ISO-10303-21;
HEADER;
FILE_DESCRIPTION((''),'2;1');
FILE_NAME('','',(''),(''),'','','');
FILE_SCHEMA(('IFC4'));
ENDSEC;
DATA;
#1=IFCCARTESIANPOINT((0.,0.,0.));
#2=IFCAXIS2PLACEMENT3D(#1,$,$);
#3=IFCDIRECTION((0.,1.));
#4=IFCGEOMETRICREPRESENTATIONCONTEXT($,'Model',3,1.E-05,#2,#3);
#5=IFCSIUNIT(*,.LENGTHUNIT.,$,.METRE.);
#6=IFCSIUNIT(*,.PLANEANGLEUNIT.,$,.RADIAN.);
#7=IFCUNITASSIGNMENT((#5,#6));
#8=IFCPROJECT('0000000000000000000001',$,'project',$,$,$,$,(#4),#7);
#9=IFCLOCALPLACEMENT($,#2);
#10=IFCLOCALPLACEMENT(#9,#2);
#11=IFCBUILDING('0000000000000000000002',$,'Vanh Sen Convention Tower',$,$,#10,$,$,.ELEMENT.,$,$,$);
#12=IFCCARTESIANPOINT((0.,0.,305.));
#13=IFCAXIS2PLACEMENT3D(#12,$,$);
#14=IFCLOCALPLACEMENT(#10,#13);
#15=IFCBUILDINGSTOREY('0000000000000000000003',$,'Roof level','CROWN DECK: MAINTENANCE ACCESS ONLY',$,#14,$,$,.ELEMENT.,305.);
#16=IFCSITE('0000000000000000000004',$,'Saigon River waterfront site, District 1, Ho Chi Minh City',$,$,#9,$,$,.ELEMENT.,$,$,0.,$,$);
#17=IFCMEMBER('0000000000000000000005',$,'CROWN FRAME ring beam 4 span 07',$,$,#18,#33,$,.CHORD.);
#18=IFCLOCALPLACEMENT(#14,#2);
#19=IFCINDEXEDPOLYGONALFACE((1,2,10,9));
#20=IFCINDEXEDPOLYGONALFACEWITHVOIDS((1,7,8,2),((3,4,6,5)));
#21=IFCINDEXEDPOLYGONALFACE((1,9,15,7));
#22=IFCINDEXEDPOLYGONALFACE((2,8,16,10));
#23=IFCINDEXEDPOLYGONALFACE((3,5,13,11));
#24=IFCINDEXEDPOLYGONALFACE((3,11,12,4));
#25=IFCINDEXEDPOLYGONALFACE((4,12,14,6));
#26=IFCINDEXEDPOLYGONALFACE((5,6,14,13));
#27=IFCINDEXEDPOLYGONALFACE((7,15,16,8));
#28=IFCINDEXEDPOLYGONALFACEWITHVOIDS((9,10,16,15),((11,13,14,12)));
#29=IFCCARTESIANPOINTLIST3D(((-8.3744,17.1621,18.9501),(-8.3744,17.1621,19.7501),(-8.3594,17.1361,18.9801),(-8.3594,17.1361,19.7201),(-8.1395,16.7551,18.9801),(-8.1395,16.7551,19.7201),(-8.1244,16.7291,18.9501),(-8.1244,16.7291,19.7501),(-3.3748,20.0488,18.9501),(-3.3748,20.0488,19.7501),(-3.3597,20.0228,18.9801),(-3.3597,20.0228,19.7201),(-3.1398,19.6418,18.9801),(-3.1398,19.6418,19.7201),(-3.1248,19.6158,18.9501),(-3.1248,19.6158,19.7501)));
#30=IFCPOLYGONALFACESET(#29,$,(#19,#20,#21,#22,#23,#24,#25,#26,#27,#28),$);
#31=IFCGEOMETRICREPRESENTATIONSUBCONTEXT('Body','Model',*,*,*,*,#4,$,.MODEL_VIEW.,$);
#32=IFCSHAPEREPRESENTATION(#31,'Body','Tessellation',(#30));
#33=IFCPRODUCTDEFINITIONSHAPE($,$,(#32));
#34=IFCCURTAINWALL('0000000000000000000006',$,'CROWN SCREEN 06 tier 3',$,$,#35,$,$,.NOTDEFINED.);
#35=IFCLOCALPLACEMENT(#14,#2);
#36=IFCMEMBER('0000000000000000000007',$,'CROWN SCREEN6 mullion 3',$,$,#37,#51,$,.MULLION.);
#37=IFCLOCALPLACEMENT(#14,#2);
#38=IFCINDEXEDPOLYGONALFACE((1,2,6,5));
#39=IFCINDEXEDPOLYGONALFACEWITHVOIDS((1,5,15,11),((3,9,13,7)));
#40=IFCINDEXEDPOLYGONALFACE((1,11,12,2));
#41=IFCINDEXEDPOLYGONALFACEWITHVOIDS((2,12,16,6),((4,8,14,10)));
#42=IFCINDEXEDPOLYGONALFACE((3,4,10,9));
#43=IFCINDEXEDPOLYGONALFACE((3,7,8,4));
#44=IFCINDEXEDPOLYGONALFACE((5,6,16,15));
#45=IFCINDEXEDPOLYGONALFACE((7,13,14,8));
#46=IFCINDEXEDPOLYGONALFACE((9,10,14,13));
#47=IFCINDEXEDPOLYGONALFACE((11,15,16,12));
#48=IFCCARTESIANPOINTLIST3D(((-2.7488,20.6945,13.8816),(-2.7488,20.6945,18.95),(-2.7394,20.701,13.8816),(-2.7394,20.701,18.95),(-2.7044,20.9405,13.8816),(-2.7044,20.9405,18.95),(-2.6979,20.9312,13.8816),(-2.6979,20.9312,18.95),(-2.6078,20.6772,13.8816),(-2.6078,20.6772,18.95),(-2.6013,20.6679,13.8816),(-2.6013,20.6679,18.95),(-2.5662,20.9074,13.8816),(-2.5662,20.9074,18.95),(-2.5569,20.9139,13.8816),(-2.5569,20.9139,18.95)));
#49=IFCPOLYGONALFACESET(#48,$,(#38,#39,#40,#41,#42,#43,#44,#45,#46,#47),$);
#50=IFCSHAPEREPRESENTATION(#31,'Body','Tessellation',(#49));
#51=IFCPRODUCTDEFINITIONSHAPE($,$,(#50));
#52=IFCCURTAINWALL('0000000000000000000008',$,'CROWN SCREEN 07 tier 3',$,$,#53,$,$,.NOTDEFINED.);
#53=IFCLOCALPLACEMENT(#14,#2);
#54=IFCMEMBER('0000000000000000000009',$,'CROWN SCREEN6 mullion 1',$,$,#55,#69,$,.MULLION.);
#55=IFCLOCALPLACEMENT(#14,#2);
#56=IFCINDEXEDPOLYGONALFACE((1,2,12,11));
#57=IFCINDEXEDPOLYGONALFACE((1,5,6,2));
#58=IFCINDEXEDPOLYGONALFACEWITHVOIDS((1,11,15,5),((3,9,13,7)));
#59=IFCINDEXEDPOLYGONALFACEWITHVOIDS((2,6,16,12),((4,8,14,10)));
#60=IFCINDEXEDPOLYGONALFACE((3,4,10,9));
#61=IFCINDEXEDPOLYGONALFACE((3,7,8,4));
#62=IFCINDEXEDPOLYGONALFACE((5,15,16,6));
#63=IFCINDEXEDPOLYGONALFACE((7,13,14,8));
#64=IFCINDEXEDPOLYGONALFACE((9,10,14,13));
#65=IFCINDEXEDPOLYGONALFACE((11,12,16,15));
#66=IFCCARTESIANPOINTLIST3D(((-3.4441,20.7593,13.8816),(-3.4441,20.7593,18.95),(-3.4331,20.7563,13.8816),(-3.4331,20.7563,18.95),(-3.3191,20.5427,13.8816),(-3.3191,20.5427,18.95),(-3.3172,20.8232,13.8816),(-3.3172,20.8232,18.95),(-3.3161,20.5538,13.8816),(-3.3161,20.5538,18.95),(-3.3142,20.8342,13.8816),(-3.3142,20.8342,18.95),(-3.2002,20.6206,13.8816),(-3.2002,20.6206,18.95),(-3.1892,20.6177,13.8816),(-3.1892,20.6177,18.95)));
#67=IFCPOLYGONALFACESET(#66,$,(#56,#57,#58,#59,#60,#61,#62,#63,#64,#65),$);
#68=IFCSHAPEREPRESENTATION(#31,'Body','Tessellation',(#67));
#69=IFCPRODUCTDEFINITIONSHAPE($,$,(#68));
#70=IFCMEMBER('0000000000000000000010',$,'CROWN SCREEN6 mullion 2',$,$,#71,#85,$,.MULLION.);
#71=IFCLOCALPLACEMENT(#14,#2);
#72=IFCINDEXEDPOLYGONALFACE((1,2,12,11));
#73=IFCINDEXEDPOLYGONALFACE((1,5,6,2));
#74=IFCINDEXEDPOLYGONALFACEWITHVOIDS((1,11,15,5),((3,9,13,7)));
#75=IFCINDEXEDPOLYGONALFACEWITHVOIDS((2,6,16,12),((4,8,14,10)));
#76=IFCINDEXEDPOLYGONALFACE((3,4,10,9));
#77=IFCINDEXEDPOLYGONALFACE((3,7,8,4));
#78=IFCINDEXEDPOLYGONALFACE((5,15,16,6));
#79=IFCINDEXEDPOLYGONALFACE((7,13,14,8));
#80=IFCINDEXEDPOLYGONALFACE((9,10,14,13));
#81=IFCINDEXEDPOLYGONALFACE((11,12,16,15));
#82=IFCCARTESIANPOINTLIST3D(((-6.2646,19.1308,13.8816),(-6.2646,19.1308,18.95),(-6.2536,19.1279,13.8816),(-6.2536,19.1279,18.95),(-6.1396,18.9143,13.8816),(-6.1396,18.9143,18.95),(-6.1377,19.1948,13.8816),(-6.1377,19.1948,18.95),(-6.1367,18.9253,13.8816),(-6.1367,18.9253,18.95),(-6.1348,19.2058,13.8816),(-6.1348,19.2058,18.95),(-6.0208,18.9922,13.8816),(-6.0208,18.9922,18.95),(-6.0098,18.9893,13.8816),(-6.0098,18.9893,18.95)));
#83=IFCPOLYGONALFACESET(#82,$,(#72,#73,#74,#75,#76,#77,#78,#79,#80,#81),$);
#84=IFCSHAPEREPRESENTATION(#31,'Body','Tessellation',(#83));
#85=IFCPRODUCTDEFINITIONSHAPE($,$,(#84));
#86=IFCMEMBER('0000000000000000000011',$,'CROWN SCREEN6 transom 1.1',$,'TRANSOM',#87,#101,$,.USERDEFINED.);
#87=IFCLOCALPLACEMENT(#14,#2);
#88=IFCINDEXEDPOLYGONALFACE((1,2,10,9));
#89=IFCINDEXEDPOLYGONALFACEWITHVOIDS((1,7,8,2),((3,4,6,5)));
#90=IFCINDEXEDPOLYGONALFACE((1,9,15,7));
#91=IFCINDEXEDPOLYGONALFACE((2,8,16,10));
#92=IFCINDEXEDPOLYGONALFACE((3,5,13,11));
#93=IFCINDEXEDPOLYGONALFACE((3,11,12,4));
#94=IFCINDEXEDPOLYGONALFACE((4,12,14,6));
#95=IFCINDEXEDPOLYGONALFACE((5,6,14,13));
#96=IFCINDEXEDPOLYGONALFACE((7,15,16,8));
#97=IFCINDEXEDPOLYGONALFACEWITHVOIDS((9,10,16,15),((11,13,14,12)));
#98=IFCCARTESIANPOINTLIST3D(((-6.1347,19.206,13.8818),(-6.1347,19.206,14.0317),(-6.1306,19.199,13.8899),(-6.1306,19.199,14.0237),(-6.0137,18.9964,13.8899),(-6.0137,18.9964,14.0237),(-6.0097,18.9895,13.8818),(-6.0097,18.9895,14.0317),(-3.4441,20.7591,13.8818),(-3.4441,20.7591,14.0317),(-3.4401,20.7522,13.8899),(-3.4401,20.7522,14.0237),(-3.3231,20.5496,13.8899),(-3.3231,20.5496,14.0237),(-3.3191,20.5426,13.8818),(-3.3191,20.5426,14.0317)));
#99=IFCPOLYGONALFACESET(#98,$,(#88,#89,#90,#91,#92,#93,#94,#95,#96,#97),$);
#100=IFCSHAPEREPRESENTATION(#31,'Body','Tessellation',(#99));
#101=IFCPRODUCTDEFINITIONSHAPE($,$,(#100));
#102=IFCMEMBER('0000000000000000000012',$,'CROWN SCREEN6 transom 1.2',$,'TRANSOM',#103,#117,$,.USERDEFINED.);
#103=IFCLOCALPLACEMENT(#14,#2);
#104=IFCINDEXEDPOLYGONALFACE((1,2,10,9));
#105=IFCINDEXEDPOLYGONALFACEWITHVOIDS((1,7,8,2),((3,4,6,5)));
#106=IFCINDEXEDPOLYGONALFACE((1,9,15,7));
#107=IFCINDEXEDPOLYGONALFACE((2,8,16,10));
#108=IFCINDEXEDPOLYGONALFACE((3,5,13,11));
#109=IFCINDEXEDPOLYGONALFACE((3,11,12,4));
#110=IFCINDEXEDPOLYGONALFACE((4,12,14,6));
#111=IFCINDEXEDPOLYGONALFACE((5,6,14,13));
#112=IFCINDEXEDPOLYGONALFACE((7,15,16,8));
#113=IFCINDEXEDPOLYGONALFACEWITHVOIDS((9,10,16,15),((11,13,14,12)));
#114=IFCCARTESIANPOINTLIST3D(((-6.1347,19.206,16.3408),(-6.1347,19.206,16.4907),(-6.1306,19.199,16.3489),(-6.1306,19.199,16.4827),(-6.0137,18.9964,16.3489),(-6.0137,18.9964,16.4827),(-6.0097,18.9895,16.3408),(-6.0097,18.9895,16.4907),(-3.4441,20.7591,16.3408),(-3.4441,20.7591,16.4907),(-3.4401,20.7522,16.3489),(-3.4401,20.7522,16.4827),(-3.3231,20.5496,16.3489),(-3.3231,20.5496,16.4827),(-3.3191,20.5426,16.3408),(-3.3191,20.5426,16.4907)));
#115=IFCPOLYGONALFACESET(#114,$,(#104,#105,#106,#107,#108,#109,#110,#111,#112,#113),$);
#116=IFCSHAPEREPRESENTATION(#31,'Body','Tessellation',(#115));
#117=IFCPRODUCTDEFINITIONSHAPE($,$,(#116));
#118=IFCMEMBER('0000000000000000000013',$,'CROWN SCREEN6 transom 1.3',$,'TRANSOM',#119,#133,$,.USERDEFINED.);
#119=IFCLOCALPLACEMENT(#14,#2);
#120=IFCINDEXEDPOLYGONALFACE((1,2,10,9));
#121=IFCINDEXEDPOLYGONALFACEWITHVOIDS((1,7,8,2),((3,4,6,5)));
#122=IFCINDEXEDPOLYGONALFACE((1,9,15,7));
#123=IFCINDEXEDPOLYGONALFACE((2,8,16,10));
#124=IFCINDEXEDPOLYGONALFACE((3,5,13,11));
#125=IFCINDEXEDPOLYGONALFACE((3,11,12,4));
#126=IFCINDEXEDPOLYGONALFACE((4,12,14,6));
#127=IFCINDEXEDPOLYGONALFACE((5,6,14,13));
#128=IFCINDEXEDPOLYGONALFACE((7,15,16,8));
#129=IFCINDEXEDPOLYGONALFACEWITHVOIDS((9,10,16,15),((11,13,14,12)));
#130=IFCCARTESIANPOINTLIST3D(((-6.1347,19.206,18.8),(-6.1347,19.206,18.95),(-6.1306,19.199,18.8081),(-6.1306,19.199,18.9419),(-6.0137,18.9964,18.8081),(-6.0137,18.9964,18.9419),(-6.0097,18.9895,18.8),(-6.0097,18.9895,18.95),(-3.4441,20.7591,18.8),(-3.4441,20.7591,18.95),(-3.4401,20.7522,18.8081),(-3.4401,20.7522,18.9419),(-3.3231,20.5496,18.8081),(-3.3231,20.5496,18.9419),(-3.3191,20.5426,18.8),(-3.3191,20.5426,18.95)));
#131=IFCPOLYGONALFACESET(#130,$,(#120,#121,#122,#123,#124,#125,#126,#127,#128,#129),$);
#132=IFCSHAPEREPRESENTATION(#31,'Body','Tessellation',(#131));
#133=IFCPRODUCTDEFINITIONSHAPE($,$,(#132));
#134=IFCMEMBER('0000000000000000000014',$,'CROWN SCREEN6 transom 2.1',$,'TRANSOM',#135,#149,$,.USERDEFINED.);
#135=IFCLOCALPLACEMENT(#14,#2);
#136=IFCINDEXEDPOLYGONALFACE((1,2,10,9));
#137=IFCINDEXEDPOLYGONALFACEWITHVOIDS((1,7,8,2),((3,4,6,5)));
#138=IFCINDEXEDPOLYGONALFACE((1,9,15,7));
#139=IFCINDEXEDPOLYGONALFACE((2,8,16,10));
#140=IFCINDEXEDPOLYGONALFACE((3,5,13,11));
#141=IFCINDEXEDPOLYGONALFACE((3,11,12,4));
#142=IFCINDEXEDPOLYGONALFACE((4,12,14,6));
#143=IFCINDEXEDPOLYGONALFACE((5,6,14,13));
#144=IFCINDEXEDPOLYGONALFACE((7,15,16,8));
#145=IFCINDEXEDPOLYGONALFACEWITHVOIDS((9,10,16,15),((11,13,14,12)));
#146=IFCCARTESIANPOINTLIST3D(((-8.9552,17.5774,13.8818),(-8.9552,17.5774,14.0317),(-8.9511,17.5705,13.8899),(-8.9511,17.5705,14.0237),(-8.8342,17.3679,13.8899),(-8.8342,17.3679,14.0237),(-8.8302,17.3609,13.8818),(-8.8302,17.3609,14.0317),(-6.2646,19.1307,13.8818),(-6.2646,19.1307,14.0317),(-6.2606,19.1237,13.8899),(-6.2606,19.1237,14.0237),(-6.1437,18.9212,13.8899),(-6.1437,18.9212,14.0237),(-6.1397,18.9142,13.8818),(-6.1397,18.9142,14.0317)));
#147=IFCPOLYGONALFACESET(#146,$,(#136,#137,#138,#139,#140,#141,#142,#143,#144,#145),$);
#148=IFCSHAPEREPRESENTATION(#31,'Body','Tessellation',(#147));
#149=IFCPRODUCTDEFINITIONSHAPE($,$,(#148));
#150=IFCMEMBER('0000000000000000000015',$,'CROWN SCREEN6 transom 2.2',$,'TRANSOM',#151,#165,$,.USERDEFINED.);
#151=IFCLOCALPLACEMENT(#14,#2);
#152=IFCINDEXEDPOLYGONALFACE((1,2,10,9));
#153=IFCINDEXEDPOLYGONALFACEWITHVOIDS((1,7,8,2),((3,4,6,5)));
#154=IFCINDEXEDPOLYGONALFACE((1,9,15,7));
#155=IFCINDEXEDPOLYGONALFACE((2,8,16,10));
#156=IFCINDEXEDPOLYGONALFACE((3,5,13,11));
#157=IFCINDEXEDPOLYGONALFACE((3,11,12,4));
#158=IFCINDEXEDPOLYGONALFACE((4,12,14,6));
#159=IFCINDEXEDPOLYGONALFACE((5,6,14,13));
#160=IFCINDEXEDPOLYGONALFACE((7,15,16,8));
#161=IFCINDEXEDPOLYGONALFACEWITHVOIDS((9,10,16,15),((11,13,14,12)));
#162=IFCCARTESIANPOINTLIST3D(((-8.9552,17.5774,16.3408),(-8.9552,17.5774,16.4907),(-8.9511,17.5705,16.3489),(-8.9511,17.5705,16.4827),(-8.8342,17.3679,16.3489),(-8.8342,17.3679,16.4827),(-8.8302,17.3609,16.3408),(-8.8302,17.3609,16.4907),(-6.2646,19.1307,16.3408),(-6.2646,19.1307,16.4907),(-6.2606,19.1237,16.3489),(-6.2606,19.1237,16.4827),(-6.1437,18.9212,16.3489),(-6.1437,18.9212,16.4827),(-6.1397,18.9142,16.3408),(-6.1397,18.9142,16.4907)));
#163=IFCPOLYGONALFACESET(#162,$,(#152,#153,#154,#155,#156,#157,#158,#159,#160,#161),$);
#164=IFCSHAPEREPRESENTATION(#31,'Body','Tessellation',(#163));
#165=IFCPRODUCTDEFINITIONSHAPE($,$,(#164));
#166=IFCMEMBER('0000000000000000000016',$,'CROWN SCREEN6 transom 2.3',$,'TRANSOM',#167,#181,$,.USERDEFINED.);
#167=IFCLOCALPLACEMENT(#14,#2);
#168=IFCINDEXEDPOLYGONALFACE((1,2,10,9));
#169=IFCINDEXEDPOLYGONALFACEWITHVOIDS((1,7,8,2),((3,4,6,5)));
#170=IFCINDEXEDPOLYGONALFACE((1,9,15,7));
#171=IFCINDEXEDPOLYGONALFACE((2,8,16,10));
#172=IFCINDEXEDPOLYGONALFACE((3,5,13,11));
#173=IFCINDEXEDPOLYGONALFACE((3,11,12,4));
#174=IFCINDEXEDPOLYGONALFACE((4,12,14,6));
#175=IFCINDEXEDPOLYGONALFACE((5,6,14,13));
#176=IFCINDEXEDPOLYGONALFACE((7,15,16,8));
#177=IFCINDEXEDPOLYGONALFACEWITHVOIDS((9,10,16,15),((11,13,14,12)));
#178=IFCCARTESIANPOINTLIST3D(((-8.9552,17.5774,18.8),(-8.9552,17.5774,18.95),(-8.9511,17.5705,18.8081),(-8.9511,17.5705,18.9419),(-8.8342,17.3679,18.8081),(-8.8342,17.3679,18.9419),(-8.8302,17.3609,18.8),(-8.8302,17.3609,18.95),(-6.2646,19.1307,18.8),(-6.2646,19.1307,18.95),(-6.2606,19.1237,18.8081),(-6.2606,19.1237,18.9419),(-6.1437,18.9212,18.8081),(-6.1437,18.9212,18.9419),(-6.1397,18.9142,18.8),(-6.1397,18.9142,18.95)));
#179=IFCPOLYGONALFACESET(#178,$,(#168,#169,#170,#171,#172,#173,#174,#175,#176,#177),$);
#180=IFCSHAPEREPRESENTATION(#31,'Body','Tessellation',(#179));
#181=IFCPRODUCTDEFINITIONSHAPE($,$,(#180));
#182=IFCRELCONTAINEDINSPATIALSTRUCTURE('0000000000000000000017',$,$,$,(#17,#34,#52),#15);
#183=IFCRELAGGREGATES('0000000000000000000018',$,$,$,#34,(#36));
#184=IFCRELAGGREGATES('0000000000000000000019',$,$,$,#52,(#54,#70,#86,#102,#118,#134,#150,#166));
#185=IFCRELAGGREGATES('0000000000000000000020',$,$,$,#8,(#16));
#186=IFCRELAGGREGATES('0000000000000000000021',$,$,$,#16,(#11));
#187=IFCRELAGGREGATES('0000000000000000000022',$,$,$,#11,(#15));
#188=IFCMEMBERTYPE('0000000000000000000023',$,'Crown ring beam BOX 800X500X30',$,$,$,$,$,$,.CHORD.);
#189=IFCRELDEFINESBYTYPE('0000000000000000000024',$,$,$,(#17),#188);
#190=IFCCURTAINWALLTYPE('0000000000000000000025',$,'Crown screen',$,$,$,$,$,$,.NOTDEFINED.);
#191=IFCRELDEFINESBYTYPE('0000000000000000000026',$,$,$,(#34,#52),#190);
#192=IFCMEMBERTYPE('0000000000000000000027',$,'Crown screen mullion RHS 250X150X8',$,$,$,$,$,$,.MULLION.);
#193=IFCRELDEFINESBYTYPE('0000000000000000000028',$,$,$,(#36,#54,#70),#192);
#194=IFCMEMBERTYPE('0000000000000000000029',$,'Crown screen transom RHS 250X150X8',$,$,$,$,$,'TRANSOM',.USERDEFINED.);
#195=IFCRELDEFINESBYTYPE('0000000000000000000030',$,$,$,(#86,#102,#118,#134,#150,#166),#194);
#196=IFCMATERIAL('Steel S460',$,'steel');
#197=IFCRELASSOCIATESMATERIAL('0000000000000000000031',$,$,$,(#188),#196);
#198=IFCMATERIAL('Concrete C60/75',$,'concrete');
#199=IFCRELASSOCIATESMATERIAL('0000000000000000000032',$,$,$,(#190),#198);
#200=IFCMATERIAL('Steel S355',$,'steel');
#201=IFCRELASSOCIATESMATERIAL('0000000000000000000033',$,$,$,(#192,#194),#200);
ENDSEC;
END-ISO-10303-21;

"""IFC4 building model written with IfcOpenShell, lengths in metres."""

from ifc_helpers import new_model, si_unit, direction, frame, origin, origin_2d, place, context, subcontext, project, spatial, hollow_rectangle, extrude, material, material_profile, profile_set, type_object, element, aggregate, save


model = new_model("IFC4")

# Units and contexts
model_context = context("Model", 3, precision=1e-05, world=origin(), true_north=direction((0.0, 1.0)))
body_context = subcontext(model_context, "Body", "Model", "MODEL_VIEW")
ifc_project = project(units=[si_unit("LENGTHUNIT", "METRE"), si_unit("PLANEANGLEUNIT", "RADIAN")], contexts=[model_context])

# Site, building, storey
site_placement = place(None, origin())
site = spatial("IfcSite", under=ifc_project, at=site_placement, Name="Saigon River waterfront site, District 1, Ho Chi Minh City", CompositionType="ELEMENT", RefElevation=0.0)
building_placement = place(site_placement, origin())
building = spatial("IfcBuilding", under=site, at=building_placement, Name="Vanh Sen Convention Tower", CompositionType="ELEMENT")
storey_placement = place(building_placement, frame((0.0, 0.0, 305.0)))
storey = spatial("IfcBuildingStorey", under=building, at=storey_placement, Name="Roof level", Description="CROWN DECK: MAINTENANCE ACCESS ONLY", CompositionType="ELEMENT", Elevation=305.0)

# Member
ifc_material_1 = material(Name="Steel S460", Category="steel")
ifc_material_profile_1 = material_profile(ifc_material_1, hollow_rectangle(XDim=0.5, YDim=0.8, WallThickness=0.03, at=origin_2d()), Name="BOX 800X500X30")
ifc_profile_set_1 = profile_set([ifc_material_profile_1], Name="Steel S460")
member_type_1 = type_object("IfcMemberType", Name="Crown ring beam BOX 800X500X30", PredefinedType="CHORD", material=ifc_profile_set_1)
member_1_placement = place(storey_placement, frame((-3.2498, 19.8323, 19.3501), z_axis=(-0.866017, -0.500014, 0.0), x_axis=(0.500014, -0.866017, 0.0)))
element("IfcMember", 1, at=member_1_placement, inside=storey, type_object=member_type_1, Name="CROWN FRAME ring beam 4 span 07", PredefinedType="CHORD", context=body_context, shape_type="SweptSolid", body=[
    extrude(hollow_rectangle(XDim=0.5, YDim=0.8, WallThickness=0.03, at=origin_2d()), origin(), (0.0, 0.0, 1.0), 5.7732),
])

# Curtain wall, member
ifc_material_2 = material(Name="Concrete C60/75", Category="concrete")
curtain_wall_type = type_object("IfcCurtainWallType", Name="Crown screen", PredefinedType="NOTDEFINED", material=ifc_material_2)
curtain_wall_1_placement = place(storey_placement, origin())
curtain_wall_1 = element("IfcCurtainWall", 2, at=curtain_wall_1_placement, inside=storey, type_object=curtain_wall_type, Name="CROWN SCREEN 06 tier 3", PredefinedType="NOTDEFINED")
ifc_material_3 = material(Name="Steel S355", Category="steel")
ifc_material_profile_2 = material_profile(ifc_material_3, hollow_rectangle(XDim=0.25, YDim=0.1499, WallThickness=0.0081, at=origin_2d()), Name="RHS 250X150X8")
ifc_profile_set_2 = profile_set([ifc_material_profile_2], Name="Steel S355")
member_type_2 = type_object("IfcMemberType", Name="Crown screen mullion RHS 250X150X8", PredefinedType="MULLION", material=ifc_profile_set_2)
member_2_placement = place(storey_placement, frame((-2.6528, 20.8042, 13.8816), z_axis=(0.0, 0.0, 1.0), x_axis=(-0.177496, -0.984122, 0.0)))
member_2 = element("IfcMember", 3, at=member_2_placement, type_object=member_type_2, Name="CROWN SCREEN6 mullion 3", PredefinedType="MULLION", context=body_context, shape_type="SweptSolid", body=[
    extrude(hollow_rectangle(XDim=0.25, YDim=0.1499, WallThickness=0.0081, at=origin_2d()), origin(), (0.0, 0.0, 1.0), 5.0684),
])
aggregate(curtain_wall_1, [member_2])

# Curtain wall, members
curtain_wall_2_placement = place(storey_placement, origin())
curtain_wall_2 = element("IfcCurtainWall", 4, at=curtain_wall_2_placement, inside=storey, type_object=curtain_wall_type, Name="CROWN SCREEN 07 tier 3", PredefinedType="NOTDEFINED")
member_3_placement = place(storey_placement, frame((-3.3167, 20.6885, 13.8816), z_axis=(0.0, 0.0, 1.0), x_axis=(0.500005, -0.866023, 0.0)))
member_3 = element("IfcMember", 5, at=member_3_placement, type_object=member_type_2, Name="CROWN SCREEN6 mullion 1", PredefinedType="MULLION", context=body_context, shape_type="SweptSolid", body=[
    extrude(hollow_rectangle(XDim=0.25, YDim=0.1499, WallThickness=0.0081, at=origin_2d()), origin(), (0.0, 0.0, 1.0), 5.0684),
])
member_4_placement = place(storey_placement, frame((-6.1372, 19.0601, 13.8816), z_axis=(0.0, 0.0, 1.0), x_axis=(0.500005, -0.866023, 0.0)))
member_4 = element("IfcMember", 6, at=member_4_placement, type_object=member_type_2, Name="CROWN SCREEN6 mullion 2", PredefinedType="MULLION", context=body_context, shape_type="SweptSolid", body=[
    extrude(hollow_rectangle(XDim=0.25, YDim=0.1499, WallThickness=0.0081, at=origin_2d()), origin(), (0.0, 0.0, 1.0), 5.0684),
])
ifc_material_profile_3 = material_profile(ifc_material_3, hollow_rectangle(XDim=0.25, YDim=0.1499, WallThickness=0.0081, at=origin_2d()), Name="RHS 250X150X8")
ifc_profile_set_3 = profile_set([ifc_material_profile_3], Name="Steel S355")
member_type_3 = type_object("IfcMemberType", Name="Crown screen transom RHS 250X150X8", ElementType="TRANSOM", PredefinedType="USERDEFINED", material=ifc_profile_set_3)
member_5_placement = place(storey_placement, frame((-3.3816, 20.6509, 13.9568), z_axis=(-0.866059, -0.499942, 0.0), x_axis=(0.499942, -0.866059, 0.0)))
member_5 = element("IfcMember", 7, at=member_5_placement, type_object=member_type_3, Name="CROWN SCREEN6 transom 1.1", ObjectType="TRANSOM", PredefinedType="USERDEFINED", context=body_context, shape_type="SweptSolid", body=[
    extrude(hollow_rectangle(XDim=0.25, YDim=0.1499, WallThickness=0.0081, at=origin_2d()), origin(), (0.0, 0.0, 1.0), 3.1067),
])
member_6_placement = place(storey_placement, frame((-3.3816, 20.6509, 16.4158), z_axis=(-0.866059, -0.499942, 0.0), x_axis=(0.499942, -0.866059, 0.0)))
member_6 = element("IfcMember", 8, at=member_6_placement, type_object=member_type_3, Name="CROWN SCREEN6 transom 1.2", ObjectType="TRANSOM", PredefinedType="USERDEFINED", context=body_context, shape_type="SweptSolid", body=[
    extrude(hollow_rectangle(XDim=0.25, YDim=0.1499, WallThickness=0.0081, at=origin_2d()), origin(), (0.0, 0.0, 1.0), 3.1067),
])
member_7_placement = place(storey_placement, frame((-3.3816, 20.6509, 18.875), z_axis=(-0.866059, -0.499942, 0.0), x_axis=(0.499942, -0.866059, 0.0)))
member_7 = element("IfcMember", 9, at=member_7_placement, type_object=member_type_3, Name="CROWN SCREEN6 transom 1.3", ObjectType="TRANSOM", PredefinedType="USERDEFINED", context=body_context, shape_type="SweptSolid", body=[
    extrude(hollow_rectangle(XDim=0.25, YDim=0.1499, WallThickness=0.0081, at=origin_2d()), origin(), (0.0, 0.0, 1.0), 3.1067),
])
member_8_placement = place(storey_placement, frame((-6.2021, 19.0225, 13.9568), z_axis=(-0.866039, -0.499976, 0.0), x_axis=(0.499976, -0.866039, 0.0)))
member_8 = element("IfcMember", 10, at=member_8_placement, type_object=member_type_3, Name="CROWN SCREEN6 transom 2.1", ObjectType="TRANSOM", PredefinedType="USERDEFINED", context=body_context, shape_type="SweptSolid", body=[
    extrude(hollow_rectangle(XDim=0.25, YDim=0.1499, WallThickness=0.0081, at=origin_2d()), origin(), (0.0, 0.0, 1.0), 3.1067),
])
member_9_placement = place(storey_placement, frame((-6.2021, 19.0225, 16.4158), z_axis=(-0.866039, -0.499976, 0.0), x_axis=(0.499976, -0.866039, 0.0)))
member_9 = element("IfcMember", 11, at=member_9_placement, type_object=member_type_3, Name="CROWN SCREEN6 transom 2.2", ObjectType="TRANSOM", PredefinedType="USERDEFINED", context=body_context, shape_type="SweptSolid", body=[
    extrude(hollow_rectangle(XDim=0.25, YDim=0.1499, WallThickness=0.0081, at=origin_2d()), origin(), (0.0, 0.0, 1.0), 3.1067),
])
member_10_placement = place(storey_placement, frame((-6.2021, 19.0225, 18.875), z_axis=(-0.866039, -0.499976, 0.0), x_axis=(0.499976, -0.866039, 0.0)))
member_10 = element("IfcMember", 12, at=member_10_placement, type_object=member_type_3, Name="CROWN SCREEN6 transom 2.3", ObjectType="TRANSOM", PredefinedType="USERDEFINED", context=body_context, shape_type="SweptSolid", body=[
    extrude(hollow_rectangle(XDim=0.25, YDim=0.1499, WallThickness=0.0081, at=origin_2d()), origin(), (0.0, 0.0, 1.0), 3.1067),
])
aggregate(curtain_wall_2, [member_3, member_4, member_5, member_6, member_7, member_8, member_9, member_10])

save(model, "model.ifc")
